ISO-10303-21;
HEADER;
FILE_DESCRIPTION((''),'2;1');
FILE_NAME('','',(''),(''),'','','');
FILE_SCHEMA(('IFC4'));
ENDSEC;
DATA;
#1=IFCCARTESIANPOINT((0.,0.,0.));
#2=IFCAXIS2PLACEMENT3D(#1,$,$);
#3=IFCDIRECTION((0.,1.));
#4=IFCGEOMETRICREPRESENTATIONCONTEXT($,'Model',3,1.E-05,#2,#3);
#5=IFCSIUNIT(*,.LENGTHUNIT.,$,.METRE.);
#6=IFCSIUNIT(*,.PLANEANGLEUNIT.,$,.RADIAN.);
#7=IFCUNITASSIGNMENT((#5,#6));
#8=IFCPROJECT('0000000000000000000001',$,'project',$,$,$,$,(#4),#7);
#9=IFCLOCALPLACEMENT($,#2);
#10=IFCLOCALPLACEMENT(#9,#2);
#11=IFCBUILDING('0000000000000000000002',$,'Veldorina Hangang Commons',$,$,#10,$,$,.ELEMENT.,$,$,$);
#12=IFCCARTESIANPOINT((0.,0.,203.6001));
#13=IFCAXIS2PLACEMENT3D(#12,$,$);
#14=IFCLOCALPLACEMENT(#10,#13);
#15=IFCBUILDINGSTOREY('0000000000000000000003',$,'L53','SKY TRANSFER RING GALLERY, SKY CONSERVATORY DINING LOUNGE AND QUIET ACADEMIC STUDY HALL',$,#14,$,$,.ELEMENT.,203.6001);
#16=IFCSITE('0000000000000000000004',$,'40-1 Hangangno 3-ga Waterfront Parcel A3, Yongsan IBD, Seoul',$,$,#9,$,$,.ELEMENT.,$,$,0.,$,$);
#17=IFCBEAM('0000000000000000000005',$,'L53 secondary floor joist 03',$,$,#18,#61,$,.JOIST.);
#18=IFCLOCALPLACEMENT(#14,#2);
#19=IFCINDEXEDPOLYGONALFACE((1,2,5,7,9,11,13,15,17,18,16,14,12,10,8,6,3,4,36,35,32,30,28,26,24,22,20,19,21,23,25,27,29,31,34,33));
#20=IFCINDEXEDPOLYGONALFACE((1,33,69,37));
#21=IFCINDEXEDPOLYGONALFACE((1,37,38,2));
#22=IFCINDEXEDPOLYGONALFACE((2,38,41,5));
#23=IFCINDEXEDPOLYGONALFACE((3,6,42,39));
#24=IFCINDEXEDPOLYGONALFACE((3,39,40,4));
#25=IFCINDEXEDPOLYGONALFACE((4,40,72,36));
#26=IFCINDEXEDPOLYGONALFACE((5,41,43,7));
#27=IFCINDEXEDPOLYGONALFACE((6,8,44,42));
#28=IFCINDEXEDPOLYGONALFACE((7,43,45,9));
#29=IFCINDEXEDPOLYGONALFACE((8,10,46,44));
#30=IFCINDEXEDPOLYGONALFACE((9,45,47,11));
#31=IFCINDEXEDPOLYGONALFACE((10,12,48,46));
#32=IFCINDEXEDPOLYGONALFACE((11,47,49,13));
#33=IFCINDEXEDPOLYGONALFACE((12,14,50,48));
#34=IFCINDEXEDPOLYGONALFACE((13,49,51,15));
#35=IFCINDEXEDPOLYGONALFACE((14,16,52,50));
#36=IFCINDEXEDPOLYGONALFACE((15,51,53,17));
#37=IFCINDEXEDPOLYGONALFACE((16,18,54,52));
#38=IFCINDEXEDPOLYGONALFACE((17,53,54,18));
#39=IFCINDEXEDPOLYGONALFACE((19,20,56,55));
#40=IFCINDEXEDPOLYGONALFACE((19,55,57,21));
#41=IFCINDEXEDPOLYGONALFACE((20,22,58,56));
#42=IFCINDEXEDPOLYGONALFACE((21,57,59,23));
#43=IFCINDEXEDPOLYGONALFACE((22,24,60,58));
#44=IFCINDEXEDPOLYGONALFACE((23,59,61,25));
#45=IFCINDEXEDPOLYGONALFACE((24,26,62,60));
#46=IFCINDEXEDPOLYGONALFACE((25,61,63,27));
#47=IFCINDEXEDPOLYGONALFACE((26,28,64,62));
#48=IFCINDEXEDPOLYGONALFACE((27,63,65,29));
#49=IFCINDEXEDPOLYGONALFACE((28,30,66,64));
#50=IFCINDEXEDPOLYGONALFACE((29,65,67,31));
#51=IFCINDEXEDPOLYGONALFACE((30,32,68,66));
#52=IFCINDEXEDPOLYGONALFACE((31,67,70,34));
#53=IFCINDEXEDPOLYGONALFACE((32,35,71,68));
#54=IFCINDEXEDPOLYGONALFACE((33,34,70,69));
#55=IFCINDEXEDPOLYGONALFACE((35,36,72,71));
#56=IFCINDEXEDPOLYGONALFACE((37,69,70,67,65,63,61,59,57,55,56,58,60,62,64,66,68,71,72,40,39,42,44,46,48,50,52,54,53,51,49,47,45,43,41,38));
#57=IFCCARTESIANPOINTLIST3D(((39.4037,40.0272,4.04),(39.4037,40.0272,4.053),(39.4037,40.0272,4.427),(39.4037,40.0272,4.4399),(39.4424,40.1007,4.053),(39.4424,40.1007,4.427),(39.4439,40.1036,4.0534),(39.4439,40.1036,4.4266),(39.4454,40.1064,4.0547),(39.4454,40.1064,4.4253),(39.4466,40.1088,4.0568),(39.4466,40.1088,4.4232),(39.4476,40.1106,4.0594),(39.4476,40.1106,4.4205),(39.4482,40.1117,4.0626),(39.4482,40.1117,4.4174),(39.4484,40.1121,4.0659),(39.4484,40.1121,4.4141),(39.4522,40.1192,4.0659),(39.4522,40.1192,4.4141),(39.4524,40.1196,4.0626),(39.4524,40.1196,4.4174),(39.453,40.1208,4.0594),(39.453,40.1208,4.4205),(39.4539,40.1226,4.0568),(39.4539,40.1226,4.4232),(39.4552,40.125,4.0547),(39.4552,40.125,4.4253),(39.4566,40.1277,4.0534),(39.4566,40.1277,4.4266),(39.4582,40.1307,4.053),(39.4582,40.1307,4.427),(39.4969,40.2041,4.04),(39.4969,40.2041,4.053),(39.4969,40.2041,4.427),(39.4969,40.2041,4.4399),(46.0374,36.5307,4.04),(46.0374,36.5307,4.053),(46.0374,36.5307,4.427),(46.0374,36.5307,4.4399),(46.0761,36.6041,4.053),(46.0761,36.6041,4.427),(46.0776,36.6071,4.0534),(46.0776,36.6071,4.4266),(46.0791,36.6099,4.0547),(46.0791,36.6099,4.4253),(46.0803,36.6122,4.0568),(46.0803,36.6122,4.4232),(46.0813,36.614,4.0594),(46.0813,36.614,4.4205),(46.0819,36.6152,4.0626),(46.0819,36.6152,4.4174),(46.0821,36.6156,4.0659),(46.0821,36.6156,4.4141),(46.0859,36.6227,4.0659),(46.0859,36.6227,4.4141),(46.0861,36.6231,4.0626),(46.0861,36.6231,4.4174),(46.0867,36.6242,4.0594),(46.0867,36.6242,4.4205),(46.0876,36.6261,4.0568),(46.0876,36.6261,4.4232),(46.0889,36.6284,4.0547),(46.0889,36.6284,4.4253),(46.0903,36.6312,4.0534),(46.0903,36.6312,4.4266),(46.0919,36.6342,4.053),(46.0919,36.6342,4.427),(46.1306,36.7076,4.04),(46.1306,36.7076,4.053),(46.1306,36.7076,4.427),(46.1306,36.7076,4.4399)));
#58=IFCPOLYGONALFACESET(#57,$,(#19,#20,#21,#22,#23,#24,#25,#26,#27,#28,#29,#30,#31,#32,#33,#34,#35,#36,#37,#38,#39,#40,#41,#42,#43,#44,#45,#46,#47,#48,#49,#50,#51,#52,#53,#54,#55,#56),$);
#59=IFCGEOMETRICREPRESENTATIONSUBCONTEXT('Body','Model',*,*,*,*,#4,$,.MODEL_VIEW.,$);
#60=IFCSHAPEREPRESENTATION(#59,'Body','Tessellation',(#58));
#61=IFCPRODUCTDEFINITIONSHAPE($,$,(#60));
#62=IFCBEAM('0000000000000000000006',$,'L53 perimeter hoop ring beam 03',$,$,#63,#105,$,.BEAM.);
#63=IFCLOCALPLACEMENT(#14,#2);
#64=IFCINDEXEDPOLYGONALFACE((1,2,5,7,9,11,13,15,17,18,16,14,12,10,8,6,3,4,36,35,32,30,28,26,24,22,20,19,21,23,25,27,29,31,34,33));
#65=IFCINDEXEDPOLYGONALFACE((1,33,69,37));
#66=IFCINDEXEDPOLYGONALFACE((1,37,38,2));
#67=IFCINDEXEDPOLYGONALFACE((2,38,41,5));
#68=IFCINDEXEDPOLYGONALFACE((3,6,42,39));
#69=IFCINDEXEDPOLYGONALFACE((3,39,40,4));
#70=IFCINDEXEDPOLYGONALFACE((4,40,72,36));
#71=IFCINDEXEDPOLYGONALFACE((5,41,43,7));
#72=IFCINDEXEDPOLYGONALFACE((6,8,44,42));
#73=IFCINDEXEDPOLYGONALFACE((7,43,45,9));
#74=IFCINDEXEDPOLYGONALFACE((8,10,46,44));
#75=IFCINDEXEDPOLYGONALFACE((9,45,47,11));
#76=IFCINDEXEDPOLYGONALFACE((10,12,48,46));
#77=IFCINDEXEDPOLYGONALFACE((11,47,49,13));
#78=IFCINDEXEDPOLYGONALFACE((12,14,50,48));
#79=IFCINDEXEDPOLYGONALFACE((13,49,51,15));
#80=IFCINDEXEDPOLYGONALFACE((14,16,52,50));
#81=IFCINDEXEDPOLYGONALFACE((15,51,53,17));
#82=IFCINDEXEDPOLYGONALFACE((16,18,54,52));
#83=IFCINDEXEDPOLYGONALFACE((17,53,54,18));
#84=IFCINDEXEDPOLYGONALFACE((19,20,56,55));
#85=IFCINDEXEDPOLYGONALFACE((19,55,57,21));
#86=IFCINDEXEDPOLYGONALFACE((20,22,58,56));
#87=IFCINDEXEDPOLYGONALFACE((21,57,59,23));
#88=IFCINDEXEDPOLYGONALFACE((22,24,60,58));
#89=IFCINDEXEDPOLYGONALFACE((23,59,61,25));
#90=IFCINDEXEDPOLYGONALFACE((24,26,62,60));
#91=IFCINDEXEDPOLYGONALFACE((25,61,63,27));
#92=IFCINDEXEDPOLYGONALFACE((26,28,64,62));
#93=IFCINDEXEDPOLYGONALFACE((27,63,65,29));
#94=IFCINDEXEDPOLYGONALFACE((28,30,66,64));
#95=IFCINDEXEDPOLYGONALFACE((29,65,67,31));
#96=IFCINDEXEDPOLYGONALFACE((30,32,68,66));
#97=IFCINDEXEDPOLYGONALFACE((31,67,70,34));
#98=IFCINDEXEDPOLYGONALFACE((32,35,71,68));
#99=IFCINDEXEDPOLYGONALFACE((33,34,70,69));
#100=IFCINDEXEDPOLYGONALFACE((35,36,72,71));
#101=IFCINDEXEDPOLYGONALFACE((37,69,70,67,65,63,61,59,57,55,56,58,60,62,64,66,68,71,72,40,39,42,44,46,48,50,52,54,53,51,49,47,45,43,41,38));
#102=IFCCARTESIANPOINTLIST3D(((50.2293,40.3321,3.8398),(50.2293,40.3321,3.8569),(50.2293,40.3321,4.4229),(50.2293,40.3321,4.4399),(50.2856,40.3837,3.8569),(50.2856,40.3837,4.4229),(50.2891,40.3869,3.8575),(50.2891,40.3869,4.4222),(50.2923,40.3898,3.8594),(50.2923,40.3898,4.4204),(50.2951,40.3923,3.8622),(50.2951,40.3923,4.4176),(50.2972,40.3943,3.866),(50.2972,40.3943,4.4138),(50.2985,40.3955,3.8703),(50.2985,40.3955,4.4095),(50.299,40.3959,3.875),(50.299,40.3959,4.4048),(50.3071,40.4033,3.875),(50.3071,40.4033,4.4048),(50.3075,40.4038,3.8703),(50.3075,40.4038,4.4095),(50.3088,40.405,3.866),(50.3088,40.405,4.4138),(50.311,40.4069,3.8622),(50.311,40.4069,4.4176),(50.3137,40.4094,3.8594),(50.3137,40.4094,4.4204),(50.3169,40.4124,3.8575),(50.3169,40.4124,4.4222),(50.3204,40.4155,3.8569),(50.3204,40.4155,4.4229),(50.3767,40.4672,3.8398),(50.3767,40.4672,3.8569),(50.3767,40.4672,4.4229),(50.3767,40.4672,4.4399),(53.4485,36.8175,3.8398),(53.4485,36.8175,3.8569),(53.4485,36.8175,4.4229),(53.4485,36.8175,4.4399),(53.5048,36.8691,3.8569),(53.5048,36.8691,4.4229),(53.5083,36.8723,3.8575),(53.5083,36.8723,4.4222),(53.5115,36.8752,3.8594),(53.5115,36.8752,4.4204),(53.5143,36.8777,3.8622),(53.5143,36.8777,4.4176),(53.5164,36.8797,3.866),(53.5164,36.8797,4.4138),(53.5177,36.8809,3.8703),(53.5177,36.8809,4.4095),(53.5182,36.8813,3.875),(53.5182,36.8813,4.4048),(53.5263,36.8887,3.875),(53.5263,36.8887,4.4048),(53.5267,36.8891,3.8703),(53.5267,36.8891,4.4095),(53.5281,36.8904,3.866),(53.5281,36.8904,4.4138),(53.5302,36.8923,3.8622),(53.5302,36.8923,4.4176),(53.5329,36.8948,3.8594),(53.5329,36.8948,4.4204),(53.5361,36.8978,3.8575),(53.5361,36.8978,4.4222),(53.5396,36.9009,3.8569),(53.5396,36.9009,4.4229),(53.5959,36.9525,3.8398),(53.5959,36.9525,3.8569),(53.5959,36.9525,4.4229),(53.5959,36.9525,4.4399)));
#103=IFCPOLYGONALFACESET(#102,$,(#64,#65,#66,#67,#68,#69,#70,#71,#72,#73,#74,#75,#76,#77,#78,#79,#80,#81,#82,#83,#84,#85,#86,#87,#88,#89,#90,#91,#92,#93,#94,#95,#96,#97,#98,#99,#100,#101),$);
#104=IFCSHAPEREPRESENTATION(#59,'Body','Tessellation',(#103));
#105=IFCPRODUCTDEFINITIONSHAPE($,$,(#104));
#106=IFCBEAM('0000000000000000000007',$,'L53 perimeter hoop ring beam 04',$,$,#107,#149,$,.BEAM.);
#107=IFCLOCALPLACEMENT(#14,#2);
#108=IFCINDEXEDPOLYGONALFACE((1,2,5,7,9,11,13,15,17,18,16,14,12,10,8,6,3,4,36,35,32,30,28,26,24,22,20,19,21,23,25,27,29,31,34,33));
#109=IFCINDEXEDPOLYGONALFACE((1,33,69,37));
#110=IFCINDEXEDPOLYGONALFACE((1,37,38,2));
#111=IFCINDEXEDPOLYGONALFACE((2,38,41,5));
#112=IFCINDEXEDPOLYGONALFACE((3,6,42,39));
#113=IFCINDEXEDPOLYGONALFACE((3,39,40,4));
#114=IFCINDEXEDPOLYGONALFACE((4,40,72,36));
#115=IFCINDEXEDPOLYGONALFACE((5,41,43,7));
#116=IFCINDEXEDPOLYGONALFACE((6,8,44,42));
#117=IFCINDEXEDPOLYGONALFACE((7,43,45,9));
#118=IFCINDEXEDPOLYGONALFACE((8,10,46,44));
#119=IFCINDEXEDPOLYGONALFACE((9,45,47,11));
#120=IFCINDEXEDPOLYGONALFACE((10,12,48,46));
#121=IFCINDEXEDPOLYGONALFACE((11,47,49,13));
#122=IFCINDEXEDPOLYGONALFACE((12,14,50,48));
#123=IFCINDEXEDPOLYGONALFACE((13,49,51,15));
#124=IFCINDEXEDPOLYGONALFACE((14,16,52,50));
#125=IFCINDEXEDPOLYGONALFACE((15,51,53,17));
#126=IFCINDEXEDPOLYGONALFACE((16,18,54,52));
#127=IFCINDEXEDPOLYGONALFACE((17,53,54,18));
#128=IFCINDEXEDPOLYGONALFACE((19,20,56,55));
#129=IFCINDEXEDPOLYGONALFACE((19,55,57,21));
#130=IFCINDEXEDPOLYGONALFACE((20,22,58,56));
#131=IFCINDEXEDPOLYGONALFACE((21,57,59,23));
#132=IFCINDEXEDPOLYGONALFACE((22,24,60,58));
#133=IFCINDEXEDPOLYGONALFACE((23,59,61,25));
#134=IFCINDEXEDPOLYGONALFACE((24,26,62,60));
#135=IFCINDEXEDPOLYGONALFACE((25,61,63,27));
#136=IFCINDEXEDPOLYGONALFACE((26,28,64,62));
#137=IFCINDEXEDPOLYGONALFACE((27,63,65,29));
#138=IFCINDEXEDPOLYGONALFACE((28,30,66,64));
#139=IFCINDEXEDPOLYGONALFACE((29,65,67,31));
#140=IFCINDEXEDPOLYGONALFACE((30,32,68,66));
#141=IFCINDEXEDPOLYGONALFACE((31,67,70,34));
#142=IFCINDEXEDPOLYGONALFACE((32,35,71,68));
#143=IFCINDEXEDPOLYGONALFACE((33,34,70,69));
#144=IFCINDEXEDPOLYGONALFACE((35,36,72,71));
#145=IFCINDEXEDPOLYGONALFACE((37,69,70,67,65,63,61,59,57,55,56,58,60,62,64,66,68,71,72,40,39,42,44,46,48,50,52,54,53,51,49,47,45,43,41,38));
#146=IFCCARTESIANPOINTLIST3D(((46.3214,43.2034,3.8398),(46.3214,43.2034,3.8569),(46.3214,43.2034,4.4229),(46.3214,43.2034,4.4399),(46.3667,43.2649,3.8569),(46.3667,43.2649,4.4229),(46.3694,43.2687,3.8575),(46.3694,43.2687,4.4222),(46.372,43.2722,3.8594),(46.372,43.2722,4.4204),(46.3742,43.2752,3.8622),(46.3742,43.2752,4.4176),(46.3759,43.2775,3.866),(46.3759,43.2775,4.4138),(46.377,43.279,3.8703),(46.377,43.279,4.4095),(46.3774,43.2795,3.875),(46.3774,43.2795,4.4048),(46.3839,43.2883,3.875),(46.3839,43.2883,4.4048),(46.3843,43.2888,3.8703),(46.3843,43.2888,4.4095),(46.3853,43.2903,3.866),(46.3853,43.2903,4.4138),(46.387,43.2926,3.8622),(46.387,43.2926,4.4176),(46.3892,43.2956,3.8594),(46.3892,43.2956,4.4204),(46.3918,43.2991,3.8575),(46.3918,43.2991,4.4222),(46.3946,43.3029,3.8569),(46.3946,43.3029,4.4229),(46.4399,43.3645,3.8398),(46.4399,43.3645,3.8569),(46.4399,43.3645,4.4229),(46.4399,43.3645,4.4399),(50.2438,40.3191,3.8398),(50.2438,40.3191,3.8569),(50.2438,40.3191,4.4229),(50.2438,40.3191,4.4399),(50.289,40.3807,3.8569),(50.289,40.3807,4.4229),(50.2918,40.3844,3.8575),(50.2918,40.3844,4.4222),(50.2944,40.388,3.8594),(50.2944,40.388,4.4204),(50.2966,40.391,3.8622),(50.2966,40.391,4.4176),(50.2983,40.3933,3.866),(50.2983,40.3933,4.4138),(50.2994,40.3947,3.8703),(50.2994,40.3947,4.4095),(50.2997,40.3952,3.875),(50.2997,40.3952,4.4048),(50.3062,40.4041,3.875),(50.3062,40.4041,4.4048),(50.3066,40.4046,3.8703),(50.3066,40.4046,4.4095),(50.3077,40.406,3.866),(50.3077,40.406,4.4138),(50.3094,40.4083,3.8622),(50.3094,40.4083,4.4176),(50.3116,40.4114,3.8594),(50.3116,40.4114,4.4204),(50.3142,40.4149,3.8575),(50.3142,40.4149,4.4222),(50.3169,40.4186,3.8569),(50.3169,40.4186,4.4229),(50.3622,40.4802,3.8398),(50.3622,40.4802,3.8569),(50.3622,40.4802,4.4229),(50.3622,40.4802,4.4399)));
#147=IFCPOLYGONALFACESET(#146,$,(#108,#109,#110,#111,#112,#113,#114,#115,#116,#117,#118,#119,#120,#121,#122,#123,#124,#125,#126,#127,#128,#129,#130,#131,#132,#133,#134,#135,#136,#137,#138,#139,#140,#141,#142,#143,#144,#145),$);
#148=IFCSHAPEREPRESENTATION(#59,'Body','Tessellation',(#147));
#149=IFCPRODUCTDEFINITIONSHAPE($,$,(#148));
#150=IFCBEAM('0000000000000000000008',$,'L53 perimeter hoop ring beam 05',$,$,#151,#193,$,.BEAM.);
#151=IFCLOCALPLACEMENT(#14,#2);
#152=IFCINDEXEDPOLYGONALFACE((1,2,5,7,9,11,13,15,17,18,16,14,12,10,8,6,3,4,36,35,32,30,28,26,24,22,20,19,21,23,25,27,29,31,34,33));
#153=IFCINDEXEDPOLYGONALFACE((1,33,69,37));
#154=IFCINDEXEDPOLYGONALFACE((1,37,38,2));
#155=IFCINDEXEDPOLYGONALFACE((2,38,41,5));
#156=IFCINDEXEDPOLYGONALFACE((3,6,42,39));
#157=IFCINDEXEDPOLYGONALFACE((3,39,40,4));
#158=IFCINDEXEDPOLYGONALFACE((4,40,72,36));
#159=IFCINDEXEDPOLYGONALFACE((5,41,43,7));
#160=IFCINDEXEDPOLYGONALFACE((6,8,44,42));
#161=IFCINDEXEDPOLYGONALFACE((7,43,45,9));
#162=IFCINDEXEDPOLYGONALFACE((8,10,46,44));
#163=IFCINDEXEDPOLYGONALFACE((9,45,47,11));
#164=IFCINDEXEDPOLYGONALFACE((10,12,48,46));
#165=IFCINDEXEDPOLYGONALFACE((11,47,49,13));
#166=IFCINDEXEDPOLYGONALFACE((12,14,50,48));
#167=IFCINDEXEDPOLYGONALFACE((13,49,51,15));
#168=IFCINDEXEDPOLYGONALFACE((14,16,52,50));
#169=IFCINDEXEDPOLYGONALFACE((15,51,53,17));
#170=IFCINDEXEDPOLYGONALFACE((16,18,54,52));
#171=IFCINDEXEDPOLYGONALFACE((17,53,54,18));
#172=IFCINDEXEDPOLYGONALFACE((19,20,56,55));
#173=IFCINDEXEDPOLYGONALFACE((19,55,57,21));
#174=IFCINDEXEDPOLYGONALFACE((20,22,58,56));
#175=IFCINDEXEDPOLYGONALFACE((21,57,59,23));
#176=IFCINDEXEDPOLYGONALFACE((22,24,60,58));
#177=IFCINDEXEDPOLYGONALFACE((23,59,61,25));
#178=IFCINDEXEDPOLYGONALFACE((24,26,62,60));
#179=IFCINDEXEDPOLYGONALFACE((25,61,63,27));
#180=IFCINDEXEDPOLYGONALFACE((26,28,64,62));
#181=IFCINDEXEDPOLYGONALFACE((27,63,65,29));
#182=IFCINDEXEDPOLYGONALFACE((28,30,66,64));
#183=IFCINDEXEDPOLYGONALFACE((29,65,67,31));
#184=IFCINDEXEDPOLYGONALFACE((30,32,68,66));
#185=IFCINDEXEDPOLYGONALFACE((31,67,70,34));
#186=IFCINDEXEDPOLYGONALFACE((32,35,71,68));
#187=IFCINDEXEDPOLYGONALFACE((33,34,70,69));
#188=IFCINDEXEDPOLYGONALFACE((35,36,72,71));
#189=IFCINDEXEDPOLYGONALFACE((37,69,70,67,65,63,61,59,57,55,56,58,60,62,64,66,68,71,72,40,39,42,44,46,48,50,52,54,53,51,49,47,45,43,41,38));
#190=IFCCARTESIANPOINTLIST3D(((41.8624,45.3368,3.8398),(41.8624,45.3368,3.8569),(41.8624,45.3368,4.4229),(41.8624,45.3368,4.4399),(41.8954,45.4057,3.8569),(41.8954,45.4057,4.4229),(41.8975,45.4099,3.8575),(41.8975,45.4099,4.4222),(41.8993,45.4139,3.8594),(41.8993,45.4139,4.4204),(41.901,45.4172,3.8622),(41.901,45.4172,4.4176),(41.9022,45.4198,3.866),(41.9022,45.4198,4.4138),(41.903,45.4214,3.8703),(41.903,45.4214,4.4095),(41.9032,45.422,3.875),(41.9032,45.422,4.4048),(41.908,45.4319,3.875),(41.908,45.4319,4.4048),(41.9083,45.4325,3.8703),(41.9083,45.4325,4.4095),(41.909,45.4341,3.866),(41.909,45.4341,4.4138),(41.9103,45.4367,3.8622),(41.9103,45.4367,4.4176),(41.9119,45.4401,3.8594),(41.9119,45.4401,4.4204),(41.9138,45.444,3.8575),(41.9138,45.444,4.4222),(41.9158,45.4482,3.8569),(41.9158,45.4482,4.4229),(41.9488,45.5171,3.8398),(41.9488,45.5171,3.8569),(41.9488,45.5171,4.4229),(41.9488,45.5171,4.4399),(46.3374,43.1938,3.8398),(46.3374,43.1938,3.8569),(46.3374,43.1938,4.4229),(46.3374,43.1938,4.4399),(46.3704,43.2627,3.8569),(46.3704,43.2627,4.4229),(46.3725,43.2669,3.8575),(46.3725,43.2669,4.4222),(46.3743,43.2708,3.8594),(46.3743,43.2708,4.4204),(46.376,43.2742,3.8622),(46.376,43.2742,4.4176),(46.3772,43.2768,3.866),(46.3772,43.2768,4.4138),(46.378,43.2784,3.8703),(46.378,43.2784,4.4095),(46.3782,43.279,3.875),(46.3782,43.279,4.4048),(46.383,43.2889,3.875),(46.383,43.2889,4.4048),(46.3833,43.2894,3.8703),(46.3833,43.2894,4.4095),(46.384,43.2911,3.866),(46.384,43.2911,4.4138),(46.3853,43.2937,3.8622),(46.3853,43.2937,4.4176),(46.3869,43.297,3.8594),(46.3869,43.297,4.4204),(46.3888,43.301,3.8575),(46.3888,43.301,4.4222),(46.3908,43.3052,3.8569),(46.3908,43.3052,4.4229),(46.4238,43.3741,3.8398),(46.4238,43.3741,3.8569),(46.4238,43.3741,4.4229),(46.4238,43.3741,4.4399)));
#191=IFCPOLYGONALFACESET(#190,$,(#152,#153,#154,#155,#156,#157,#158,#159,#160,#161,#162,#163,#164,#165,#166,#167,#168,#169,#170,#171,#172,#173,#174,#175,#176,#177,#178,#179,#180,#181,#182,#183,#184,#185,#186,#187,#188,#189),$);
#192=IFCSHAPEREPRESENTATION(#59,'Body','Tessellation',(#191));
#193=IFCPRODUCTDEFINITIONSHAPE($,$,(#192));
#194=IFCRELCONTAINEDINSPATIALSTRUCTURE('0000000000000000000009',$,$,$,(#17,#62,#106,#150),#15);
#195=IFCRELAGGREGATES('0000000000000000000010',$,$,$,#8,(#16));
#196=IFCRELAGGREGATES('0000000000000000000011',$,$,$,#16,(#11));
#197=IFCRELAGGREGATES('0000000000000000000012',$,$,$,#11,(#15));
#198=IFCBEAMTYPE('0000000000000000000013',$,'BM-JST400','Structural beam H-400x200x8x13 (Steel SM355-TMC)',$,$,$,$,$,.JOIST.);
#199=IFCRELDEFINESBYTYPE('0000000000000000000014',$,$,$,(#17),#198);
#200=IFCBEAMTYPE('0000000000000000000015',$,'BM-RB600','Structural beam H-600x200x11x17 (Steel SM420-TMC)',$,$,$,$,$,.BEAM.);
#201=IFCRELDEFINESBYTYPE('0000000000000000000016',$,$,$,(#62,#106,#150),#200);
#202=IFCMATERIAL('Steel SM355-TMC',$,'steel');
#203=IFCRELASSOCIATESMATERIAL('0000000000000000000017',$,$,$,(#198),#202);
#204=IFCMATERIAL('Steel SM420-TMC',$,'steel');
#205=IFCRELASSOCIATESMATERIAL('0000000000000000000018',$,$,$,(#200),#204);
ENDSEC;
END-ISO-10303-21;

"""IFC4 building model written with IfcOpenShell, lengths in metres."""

from ifc_helpers import new_model, si_unit, direction, frame, origin, origin_2d, place, context, subcontext, project, spatial, i_section, extrude, material, material_profile, profile_set, type_object, element, save


model = new_model("IFC4")

# Units and contexts
model_context = context("Model", 3, precision=1e-05, world=origin(), true_north=direction((0.0, 1.0)))
body_context = subcontext(model_context, "Body", "Model", "MODEL_VIEW")
ifc_project = project(units=[si_unit("LENGTHUNIT", "METRE"), si_unit("PLANEANGLEUNIT", "RADIAN")], contexts=[model_context])

# Site, building, storey
site_placement = place(None, origin())
site = spatial("IfcSite", under=ifc_project, at=site_placement, Name="40-1 Hangangno 3-ga Waterfront Parcel A3, Yongsan IBD, Seoul", CompositionType="ELEMENT", RefElevation=0.0)
building_placement = place(site_placement, origin())
building = spatial("IfcBuilding", under=site, at=building_placement, Name="Veldorina Hangang Commons", CompositionType="ELEMENT")
storey_placement = place(building_placement, frame((0.0, 0.0, 203.6001)))
storey = spatial("IfcBuildingStorey", under=building, at=storey_placement, Name="L53", Description="SKY TRANSFER RING GALLERY, SKY CONSERVATORY DINING LOUNGE AND QUIET ACADEMIC STUDY HALL", CompositionType="ELEMENT", Elevation=203.6001)

# Beams
ifc_material_1 = material(Name="Steel SM355-TMC", Category="steel")
ifc_material_profile_1 = material_profile(ifc_material_1, i_section(OverallWidth=0.2, OverallDepth=0.3999, WebThickness=0.0081, FlangeThickness=0.0129, FilletRadius=0.0129, at=origin_2d()), Name="H-400x200x8x13")
ifc_profile_set_1 = profile_set([ifc_material_profile_1], Name="Steel SM355-TMC")
beam_type_1 = type_object("IfcBeamType", Name="BM-JST400", Description="Structural beam H-400x200x8x13 (Steel SM355-TMC)", PredefinedType="JOIST", material=ifc_profile_set_1)
beam_1_placement = place(storey_placement, frame((46.084, 36.6191, 4.24), z_axis=(-0.884637, 0.46628, 0.0), x_axis=(-0.46628, -0.884637, 0.0)))
element("IfcBeam", 1, at=beam_1_placement, inside=storey, type_object=beam_type_1, Name="L53 secondary floor joist 03", PredefinedType="JOIST", context=body_context, shape_type="SweptSolid", body=[
    extrude(i_section(OverallWidth=0.2, OverallDepth=0.3999, WebThickness=0.0081, FlangeThickness=0.0129, FilletRadius=0.0129, at=origin_2d()), origin(), (0.0, 0.0, 1.0), 7.4988),
])
ifc_material_2 = material(Name="Steel SM420-TMC", Category="steel")
ifc_material_profile_2 = material_profile(ifc_material_2, i_section(OverallWidth=0.2, OverallDepth=0.6001, WebThickness=0.011, FlangeThickness=0.0171, FilletRadius=0.0181, at=origin_2d()), Name="H-600x200x11x17")
ifc_profile_set_2 = profile_set([ifc_material_profile_2], Name="Steel SM420-TMC")
beam_type_2 = type_object("IfcBeamType", Name="BM-RB600", Description="Structural beam H-600x200x11x17 (Steel SM420-TMC)", PredefinedType="BEAM", material=ifc_profile_set_2)
beam_2_placement = place(storey_placement, frame((53.5222, 36.885, 4.1399), z_axis=(-0.675437, 0.737418, 0.0), x_axis=(-0.737418, -0.675437, 0.0)))
element("IfcBeam", 2, at=beam_2_placement, inside=storey, type_object=beam_type_2, Name="L53 perimeter hoop ring beam 03", PredefinedType="BEAM", context=body_context, shape_type="SweptSolid", body=[
    extrude(i_section(OverallWidth=0.2, OverallDepth=0.6001, WebThickness=0.011, FlangeThickness=0.0171, FilletRadius=0.0181, at=origin_2d()), origin(), (0.0, 0.0, 1.0), 4.7661),
])
beam_3_placement = place(storey_placement, frame((50.303, 40.3997, 4.1399), z_axis=(-0.805633, 0.592415, 0.0), x_axis=(-0.592415, -0.805633, 0.0)))
element("IfcBeam", 3, at=beam_3_placement, inside=storey, type_object=beam_type_2, Name="L53 perimeter hoop ring beam 04", PredefinedType="BEAM", context=body_context, shape_type="SweptSolid", body=[
    extrude(i_section(OverallWidth=0.2, OverallDepth=0.6001, WebThickness=0.011, FlangeThickness=0.0171, FilletRadius=0.0181, at=origin_2d()), origin(), (0.0, 0.0, 1.0), 4.8687),
])
beam_4_placement = place(storey_placement, frame((46.3806, 43.2839, 4.1399), z_axis=(-0.901914, 0.431915, 0.0), x_axis=(-0.431915, -0.901914, 0.0)))
element("IfcBeam", 4, at=beam_4_placement, inside=storey, type_object=beam_type_2, Name="L53 perimeter hoop ring beam 05", PredefinedType="BEAM", context=body_context, shape_type="SweptSolid", body=[
    extrude(i_section(OverallWidth=0.2, OverallDepth=0.6001, WebThickness=0.011, FlangeThickness=0.0171, FilletRadius=0.0181, at=origin_2d()), origin(), (0.0, 0.0, 1.0), 4.9617),
])

save(model, "model.ifc")
